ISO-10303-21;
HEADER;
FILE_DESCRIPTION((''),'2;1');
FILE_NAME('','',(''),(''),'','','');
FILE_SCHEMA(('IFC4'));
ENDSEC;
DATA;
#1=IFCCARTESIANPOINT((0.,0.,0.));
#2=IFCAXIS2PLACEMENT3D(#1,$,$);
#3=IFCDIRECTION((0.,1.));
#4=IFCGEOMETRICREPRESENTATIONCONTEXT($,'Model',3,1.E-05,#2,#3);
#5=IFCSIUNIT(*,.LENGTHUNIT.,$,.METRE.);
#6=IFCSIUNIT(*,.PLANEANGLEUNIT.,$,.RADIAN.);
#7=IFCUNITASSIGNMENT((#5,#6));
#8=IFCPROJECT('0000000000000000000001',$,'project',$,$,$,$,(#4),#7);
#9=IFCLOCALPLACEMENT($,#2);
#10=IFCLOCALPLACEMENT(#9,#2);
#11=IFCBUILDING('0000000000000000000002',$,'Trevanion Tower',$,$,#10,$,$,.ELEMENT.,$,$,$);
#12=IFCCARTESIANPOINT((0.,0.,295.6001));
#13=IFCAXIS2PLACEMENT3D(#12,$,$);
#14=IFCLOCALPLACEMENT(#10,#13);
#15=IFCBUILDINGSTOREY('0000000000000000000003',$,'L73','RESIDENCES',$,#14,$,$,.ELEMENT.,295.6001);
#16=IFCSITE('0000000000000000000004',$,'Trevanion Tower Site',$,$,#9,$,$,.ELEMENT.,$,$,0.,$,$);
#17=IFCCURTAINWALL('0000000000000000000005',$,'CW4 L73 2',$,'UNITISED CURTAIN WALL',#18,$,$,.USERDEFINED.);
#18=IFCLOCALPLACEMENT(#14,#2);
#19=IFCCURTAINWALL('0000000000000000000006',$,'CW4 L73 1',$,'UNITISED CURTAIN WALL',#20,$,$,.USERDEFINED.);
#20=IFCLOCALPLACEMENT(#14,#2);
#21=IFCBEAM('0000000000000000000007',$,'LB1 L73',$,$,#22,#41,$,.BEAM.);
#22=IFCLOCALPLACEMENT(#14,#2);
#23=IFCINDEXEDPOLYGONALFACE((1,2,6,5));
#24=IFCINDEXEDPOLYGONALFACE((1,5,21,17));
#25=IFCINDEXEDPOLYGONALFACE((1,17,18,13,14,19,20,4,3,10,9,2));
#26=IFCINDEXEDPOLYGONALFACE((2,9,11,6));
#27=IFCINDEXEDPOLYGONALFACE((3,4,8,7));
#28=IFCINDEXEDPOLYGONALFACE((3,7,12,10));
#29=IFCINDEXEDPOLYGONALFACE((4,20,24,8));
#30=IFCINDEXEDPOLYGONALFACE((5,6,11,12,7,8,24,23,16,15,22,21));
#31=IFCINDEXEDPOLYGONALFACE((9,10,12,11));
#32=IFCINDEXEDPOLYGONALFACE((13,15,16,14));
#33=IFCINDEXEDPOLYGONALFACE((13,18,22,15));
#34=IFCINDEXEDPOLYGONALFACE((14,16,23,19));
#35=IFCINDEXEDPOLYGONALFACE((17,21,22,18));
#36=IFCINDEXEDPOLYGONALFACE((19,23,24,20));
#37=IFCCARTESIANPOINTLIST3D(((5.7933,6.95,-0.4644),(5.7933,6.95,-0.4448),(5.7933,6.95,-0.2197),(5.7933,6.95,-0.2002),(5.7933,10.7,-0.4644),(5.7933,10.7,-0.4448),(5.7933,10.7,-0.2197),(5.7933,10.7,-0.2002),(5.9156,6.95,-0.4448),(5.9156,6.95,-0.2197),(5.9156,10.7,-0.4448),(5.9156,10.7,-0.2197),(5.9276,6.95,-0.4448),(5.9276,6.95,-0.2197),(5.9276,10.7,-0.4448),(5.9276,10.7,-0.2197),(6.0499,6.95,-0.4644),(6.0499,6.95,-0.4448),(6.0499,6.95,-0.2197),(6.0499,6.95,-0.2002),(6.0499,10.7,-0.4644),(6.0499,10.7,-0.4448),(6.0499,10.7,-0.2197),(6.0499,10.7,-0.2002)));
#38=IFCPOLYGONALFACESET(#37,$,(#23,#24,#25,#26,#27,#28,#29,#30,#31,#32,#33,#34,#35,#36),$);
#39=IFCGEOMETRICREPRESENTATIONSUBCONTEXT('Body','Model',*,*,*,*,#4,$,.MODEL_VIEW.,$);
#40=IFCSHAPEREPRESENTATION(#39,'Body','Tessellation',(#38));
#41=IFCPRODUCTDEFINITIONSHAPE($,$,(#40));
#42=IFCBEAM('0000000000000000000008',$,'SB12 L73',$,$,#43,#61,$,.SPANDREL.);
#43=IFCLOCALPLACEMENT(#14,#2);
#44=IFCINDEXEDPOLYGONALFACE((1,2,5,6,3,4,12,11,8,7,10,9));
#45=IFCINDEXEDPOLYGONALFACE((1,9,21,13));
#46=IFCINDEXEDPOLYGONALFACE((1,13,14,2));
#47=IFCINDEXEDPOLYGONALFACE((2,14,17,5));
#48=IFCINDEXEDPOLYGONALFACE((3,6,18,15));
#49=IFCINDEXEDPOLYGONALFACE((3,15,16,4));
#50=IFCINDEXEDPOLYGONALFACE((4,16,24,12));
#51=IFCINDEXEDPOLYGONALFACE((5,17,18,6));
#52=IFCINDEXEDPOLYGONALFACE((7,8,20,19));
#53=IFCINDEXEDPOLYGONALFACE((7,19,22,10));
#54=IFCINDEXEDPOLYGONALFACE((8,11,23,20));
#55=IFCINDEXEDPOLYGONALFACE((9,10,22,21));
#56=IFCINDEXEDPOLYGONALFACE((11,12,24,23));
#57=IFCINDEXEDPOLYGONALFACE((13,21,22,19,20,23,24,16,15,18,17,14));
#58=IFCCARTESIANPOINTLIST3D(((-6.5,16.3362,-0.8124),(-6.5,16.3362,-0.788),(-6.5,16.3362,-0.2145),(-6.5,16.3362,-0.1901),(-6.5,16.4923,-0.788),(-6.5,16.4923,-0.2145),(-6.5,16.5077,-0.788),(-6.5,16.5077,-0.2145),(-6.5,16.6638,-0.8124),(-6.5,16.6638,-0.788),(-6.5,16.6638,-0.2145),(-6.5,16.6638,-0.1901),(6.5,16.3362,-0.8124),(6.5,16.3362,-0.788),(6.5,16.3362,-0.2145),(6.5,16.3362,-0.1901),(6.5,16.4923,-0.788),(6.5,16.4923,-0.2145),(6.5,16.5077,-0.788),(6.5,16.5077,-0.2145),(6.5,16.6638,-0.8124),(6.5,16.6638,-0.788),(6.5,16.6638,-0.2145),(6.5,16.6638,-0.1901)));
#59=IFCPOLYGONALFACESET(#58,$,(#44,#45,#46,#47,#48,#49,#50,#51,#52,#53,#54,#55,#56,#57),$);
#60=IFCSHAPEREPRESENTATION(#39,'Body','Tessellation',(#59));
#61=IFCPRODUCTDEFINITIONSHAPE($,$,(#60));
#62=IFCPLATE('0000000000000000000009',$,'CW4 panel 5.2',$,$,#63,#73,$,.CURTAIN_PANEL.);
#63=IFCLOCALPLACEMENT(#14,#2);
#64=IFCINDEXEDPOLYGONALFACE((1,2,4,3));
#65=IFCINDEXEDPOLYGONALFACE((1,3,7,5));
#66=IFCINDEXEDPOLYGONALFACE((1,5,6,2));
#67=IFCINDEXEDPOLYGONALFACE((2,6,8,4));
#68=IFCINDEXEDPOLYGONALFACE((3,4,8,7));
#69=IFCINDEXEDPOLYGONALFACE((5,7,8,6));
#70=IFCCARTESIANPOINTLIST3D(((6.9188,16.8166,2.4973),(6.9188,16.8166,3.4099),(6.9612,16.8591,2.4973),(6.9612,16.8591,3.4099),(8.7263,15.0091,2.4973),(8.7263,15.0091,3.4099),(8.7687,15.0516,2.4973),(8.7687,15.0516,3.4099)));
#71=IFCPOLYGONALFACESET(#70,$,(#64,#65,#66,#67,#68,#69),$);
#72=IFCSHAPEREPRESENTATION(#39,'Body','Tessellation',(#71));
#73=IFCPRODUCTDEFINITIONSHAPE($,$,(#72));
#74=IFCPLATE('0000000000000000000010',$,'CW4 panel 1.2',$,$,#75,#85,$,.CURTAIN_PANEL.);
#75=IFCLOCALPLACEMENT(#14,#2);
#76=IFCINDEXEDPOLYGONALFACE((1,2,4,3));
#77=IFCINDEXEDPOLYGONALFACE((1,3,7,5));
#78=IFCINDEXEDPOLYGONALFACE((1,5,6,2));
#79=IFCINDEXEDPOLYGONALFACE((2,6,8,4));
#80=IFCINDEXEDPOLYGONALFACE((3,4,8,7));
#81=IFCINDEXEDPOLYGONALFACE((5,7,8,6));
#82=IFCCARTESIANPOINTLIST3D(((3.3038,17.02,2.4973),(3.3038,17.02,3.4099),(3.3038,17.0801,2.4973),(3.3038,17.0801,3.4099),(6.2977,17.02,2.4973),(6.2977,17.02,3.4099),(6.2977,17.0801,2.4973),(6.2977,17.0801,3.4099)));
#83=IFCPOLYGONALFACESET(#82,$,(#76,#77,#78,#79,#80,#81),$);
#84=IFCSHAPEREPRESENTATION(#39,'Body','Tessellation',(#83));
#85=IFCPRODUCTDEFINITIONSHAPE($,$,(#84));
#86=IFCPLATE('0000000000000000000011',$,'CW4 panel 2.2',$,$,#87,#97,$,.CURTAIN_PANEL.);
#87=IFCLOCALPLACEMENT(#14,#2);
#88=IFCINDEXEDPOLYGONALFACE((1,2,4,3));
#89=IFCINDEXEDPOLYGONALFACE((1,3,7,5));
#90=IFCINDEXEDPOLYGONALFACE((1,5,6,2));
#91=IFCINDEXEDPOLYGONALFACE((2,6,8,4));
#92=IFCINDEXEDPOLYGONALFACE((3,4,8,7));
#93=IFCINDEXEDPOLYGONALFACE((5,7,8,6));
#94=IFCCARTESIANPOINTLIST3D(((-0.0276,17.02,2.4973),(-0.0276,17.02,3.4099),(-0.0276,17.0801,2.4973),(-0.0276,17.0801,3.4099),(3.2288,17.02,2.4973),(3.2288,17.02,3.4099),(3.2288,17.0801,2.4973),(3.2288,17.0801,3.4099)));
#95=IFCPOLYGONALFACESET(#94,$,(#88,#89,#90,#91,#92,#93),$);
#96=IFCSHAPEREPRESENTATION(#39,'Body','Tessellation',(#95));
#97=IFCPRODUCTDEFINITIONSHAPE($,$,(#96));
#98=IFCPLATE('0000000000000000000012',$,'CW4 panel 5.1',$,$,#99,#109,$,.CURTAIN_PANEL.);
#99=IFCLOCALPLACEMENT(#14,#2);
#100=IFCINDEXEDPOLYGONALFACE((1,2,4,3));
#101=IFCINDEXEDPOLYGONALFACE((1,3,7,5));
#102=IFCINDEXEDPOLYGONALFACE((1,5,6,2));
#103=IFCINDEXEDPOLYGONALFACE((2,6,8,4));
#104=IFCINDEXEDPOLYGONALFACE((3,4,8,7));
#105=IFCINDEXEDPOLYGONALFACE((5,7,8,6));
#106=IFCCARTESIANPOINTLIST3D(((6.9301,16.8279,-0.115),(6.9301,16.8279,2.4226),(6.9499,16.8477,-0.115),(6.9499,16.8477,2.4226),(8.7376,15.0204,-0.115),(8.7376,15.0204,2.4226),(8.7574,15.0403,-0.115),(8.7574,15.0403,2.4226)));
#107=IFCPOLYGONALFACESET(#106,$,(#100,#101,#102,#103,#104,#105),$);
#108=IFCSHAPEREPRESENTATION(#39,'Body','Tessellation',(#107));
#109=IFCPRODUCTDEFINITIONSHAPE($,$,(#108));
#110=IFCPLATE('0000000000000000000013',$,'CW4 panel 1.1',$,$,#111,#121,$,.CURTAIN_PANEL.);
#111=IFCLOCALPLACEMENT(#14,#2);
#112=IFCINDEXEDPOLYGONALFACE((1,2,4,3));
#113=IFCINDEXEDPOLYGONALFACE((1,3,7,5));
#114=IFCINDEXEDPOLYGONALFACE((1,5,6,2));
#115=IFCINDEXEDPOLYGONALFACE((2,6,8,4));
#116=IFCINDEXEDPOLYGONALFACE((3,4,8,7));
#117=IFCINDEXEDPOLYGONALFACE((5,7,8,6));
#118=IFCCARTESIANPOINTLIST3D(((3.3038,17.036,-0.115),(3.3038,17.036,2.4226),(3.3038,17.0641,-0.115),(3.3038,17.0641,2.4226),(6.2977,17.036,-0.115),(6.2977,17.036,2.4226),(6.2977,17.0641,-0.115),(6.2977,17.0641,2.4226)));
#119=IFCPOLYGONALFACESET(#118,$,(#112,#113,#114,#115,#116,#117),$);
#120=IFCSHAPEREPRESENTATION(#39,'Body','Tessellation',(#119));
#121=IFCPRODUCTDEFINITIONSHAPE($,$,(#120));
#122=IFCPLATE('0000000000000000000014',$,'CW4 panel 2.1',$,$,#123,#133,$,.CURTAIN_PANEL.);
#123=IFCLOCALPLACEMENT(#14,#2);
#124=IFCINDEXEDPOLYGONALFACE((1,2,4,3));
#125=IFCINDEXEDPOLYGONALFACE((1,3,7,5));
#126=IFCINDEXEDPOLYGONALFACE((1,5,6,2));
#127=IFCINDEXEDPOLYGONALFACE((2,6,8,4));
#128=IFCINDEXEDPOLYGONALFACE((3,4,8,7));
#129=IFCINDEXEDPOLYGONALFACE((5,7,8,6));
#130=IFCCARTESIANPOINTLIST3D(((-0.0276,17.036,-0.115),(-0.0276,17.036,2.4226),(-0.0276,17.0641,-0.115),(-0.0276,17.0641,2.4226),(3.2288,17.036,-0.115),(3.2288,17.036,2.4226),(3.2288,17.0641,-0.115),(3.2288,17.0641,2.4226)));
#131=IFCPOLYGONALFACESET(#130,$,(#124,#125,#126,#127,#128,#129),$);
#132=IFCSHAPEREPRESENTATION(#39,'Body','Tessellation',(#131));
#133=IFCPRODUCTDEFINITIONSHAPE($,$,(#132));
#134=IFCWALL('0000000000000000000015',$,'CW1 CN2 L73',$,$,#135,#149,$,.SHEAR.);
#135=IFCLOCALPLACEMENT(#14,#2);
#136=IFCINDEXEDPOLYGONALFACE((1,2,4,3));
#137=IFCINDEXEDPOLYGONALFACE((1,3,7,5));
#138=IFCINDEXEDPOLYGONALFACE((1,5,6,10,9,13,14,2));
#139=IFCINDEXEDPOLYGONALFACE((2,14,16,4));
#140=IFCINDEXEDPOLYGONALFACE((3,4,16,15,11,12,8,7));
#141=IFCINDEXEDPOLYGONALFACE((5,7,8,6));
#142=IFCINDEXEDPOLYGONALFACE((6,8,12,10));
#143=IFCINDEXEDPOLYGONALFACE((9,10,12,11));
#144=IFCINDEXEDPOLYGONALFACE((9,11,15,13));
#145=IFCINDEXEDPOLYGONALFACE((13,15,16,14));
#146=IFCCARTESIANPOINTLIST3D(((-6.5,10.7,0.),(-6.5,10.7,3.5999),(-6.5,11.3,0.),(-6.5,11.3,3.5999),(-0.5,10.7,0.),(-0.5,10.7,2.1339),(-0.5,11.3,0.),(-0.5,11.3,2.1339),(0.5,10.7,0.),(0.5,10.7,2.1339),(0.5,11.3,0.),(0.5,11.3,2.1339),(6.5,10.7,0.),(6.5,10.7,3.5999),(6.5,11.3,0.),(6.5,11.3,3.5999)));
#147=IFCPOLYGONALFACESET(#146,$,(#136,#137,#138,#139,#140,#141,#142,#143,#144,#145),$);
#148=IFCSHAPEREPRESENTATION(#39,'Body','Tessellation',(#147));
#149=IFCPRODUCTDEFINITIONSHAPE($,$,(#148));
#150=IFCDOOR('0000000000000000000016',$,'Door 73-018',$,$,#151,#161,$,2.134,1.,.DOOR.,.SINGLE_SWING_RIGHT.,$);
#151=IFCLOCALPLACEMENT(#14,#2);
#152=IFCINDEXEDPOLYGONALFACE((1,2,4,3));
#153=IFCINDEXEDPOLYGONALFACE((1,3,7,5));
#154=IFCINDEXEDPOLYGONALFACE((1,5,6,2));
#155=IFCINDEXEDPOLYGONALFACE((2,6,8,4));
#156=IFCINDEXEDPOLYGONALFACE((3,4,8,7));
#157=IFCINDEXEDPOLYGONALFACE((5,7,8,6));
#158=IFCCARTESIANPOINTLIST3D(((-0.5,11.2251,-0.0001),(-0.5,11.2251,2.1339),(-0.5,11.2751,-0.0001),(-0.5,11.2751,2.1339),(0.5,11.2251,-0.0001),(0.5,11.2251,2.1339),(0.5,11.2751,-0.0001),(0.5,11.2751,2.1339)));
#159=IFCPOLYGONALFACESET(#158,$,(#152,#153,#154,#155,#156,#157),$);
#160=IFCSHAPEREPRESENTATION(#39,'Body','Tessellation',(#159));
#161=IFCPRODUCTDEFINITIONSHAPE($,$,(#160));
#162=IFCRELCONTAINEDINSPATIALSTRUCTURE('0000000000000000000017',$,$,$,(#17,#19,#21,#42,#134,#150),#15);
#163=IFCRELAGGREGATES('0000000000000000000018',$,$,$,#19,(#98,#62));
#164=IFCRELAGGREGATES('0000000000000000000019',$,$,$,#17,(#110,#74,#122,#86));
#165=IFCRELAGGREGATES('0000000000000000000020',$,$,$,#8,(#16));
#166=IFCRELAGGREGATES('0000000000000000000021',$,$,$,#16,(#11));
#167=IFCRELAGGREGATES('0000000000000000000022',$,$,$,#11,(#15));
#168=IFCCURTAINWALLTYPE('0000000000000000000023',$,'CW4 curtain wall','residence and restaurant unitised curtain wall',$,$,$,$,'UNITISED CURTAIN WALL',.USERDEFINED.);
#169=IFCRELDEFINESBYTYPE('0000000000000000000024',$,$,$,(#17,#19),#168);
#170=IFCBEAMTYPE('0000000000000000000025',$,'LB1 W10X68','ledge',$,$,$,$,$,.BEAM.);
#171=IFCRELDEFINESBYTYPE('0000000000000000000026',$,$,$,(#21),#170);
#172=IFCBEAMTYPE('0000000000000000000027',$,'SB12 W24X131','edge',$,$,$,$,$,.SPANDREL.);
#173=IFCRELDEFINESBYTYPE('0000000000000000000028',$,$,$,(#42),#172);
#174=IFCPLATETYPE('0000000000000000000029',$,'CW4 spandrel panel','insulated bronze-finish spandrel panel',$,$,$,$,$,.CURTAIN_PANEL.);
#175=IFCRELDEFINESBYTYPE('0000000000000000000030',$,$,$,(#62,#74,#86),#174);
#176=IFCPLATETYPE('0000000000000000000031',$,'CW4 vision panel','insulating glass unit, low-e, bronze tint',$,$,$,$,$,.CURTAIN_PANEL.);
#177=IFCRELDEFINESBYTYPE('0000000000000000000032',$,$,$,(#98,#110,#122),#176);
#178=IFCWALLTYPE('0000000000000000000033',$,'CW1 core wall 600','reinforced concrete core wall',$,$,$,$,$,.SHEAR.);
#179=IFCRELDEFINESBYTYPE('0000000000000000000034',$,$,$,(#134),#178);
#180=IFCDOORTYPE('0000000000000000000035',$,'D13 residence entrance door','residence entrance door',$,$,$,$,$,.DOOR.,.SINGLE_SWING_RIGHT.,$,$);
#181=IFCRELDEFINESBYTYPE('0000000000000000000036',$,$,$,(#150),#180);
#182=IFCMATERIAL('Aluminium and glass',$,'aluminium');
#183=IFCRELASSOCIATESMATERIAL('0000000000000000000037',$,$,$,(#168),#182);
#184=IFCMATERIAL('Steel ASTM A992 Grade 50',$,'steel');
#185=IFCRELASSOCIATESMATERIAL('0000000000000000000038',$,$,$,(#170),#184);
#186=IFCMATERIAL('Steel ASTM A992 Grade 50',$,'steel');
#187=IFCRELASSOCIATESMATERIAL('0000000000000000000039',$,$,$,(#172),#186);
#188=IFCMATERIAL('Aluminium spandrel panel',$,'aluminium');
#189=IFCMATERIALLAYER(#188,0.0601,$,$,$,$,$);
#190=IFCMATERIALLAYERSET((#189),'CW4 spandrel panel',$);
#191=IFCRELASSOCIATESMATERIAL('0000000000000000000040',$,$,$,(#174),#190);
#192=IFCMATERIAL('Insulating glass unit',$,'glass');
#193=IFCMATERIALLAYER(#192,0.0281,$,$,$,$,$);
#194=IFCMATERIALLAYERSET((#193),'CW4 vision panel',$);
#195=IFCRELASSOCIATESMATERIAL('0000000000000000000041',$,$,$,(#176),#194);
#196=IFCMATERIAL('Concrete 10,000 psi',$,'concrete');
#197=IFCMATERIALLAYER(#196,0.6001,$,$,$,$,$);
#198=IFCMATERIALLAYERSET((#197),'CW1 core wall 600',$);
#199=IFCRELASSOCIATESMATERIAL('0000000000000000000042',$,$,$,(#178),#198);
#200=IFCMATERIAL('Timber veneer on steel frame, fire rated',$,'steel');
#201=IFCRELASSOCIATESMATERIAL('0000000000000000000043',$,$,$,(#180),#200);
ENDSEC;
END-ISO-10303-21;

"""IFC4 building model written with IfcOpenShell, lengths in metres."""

from ifc_helpers import new_model, si_unit, direction, frame, frame_2d, origin, origin_2d, place, context, subcontext, project, spatial, rectangle, i_section, extrude, material, layer, layer_set, material_profile, profile_set, type_object, element, fill, aggregate, save


model = new_model("IFC4")

# Units and contexts
model_context = context("Model", 3, precision=1e-05, world=origin(), true_north=direction((0.0, 1.0)))
body_context = subcontext(model_context, "Body", "Model", "MODEL_VIEW")
ifc_project = project(units=[si_unit("LENGTHUNIT", "METRE"), si_unit("PLANEANGLEUNIT", "RADIAN")], contexts=[model_context])

# Site, building, storey
site_placement = place(None, origin())
site = spatial("IfcSite", under=ifc_project, at=site_placement, Name="Trevanion Tower Site", CompositionType="ELEMENT", RefElevation=0.0)
building_placement = place(site_placement, origin())
building = spatial("IfcBuilding", under=site, at=building_placement, Name="Trevanion Tower", CompositionType="ELEMENT")
storey_placement = place(building_placement, frame((0.0, 0.0, 295.6001)))
storey = spatial("IfcBuildingStorey", under=building, at=storey_placement, Name="L73", Description="RESIDENCES", CompositionType="ELEMENT", Elevation=295.6001)

# Curtain walls
ifc_material_1 = material(Name="Aluminium and glass", Category="aluminium")
curtain_wall_type = type_object("IfcCurtainWallType", Name="CW4 curtain wall", Description="residence and restaurant unitised curtain wall", ElementType="UNITISED CURTAIN WALL", PredefinedType="USERDEFINED", material=ifc_material_1)
curtain_wall_1_placement = place(storey_placement, origin())
curtain_wall_1 = element("IfcCurtainWall", 1, at=curtain_wall_1_placement, inside=storey, type_object=curtain_wall_type, Name="CW4 L73 2", ObjectType="UNITISED CURTAIN WALL", PredefinedType="USERDEFINED")
curtain_wall_2_placement = place(storey_placement, origin())
curtain_wall_2 = element("IfcCurtainWall", 2, at=curtain_wall_2_placement, inside=storey, type_object=curtain_wall_type, Name="CW4 L73 1", ObjectType="UNITISED CURTAIN WALL", PredefinedType="USERDEFINED")

# Beams
ifc_material_2 = material(Name="Steel ASTM A992 Grade 50", Category="steel")
ifc_material_profile_1 = material_profile(ifc_material_2, i_section(OverallWidth=0.2566, OverallDepth=0.2642, WebThickness=0.012, FlangeThickness=0.0195, at=origin_2d()), Name="W10X68")
ifc_profile_set_1 = profile_set([ifc_material_profile_1], Name="Steel ASTM A992 Grade 50")
beam_type_1 = type_object("IfcBeamType", Name="LB1 W10X68", Description="ledge", PredefinedType="BEAM", material=ifc_profile_set_1)
beam_1_placement = place(storey_placement, frame((5.9216, 6.95, -0.3323), z_axis=(0.0, 1.0, 0.0), x_axis=(-1.0, 0.0, 0.0)))
element("IfcBeam", 3, at=beam_1_placement, inside=storey, type_object=beam_type_1, Name="LB1 L73", PredefinedType="BEAM", context=body_context, shape_type="SweptSolid", body=[
    extrude(i_section(OverallWidth=0.2566, OverallDepth=0.2642, WebThickness=0.012, FlangeThickness=0.0195, at=origin_2d()), origin(), (0.0, 0.0, 1.0), 3.75),
])
ifc_material_3 = material(Name="Steel ASTM A992 Grade 50", Category="steel")
ifc_material_profile_2 = material_profile(ifc_material_3, i_section(OverallWidth=0.3276, OverallDepth=0.6223, WebThickness=0.0154, FlangeThickness=0.0244, at=origin_2d()), Name="W24X131")
ifc_profile_set_2 = profile_set([ifc_material_profile_2], Name="Steel ASTM A992 Grade 50")
beam_type_2 = type_object("IfcBeamType", Name="SB12 W24X131", Description="edge", PredefinedType="SPANDREL", material=ifc_profile_set_2)
beam_2_placement = place(storey_placement, frame((6.5, 16.5, -0.5012), z_axis=(-1.0, 0.0, 0.0), x_axis=(0.0, -1.0, 0.0)))
element("IfcBeam", 4, at=beam_2_placement, inside=storey, type_object=beam_type_2, Name="SB12 L73", PredefinedType="SPANDREL", context=body_context, shape_type="SweptSolid", body=[
    extrude(i_section(OverallWidth=0.3276, OverallDepth=0.6223, WebThickness=0.0154, FlangeThickness=0.0244, at=origin_2d()), origin(), (0.0, 0.0, 1.0), 13.0),
])

# Plates
ifc_material_4 = material(Name="Aluminium spandrel panel", Category="aluminium")
ifc_layer_1 = layer(ifc_material_4, 0.0601)
ifc_layer_set_1 = layer_set([ifc_layer_1], Name="CW4 spandrel panel")
plate_type_1 = type_object("IfcPlateType", Name="CW4 spandrel panel", Description="insulated bronze-finish spandrel panel", PredefinedType="CURTAIN_PANEL", material=ifc_layer_set_1)
plate_1_placement = place(storey_placement, frame((7.8438, 15.9341, 2.4973), z_axis=(0.0, 0.0, 1.0), x_axis=(-0.707107, 0.707107, 0.0)))
plate_1 = element("IfcPlate", 5, at=plate_1_placement, type_object=plate_type_1, Name="CW4 panel 5.2", PredefinedType="CURTAIN_PANEL", context=body_context, shape_type="SweptSolid", body=[
    extrude(rectangle(XDim=2.5562, YDim=0.0601, at=origin_2d()), origin(), (0.0, 0.0, 1.0), 0.9126),
])
plate_2_placement = place(storey_placement, frame((4.8008, 17.05, 2.4973), z_axis=(0.0, 0.0, 1.0), x_axis=(-1.0, 0.0, 0.0)))
plate_2 = element("IfcPlate", 6, at=plate_2_placement, type_object=plate_type_1, Name="CW4 panel 1.2", PredefinedType="CURTAIN_PANEL", context=body_context, shape_type="SweptSolid", body=[
    extrude(rectangle(XDim=2.9939, YDim=0.0601, at=origin_2d()), origin(), (0.0, 0.0, 1.0), 0.9126),
])
plate_3_placement = place(storey_placement, frame((1.6006, 17.05, 2.4973), z_axis=(0.0, 0.0, 1.0), x_axis=(-1.0, 0.0, 0.0)))
plate_3 = element("IfcPlate", 7, at=plate_3_placement, type_object=plate_type_1, Name="CW4 panel 2.2", PredefinedType="CURTAIN_PANEL", context=body_context, shape_type="SweptSolid", body=[
    extrude(rectangle(XDim=3.2563, YDim=0.0601, at=origin_2d()), origin(), (0.0, 0.0, 1.0), 0.9126),
])
ifc_material_5 = material(Name="Insulating glass unit", Category="glass")
ifc_layer_2 = layer(ifc_material_5, 0.0281)
ifc_layer_set_2 = layer_set([ifc_layer_2], Name="CW4 vision panel")
plate_type_2 = type_object("IfcPlateType", Name="CW4 vision panel", Description="insulating glass unit, low-e, bronze tint", PredefinedType="CURTAIN_PANEL", material=ifc_layer_set_2)
plate_4_placement = place(storey_placement, frame((7.8438, 15.9341, -0.115), z_axis=(0.0, 0.0, 1.0), x_axis=(-0.707107, 0.707107, 0.0)))
plate_4 = element("IfcPlate", 8, at=plate_4_placement, type_object=plate_type_2, Name="CW4 panel 5.1", PredefinedType="CURTAIN_PANEL", context=body_context, shape_type="SweptSolid", body=[
    extrude(rectangle(XDim=2.5562, YDim=0.0281, at=origin_2d()), origin(), (0.0, 0.0, 1.0), 2.5376),
])
aggregate(curtain_wall_2, [plate_4, plate_1])
plate_5_placement = place(storey_placement, frame((4.8008, 17.05, -0.115), z_axis=(0.0, 0.0, 1.0), x_axis=(-1.0, 0.0, 0.0)))
plate_5 = element("IfcPlate", 9, at=plate_5_placement, type_object=plate_type_2, Name="CW4 panel 1.1", PredefinedType="CURTAIN_PANEL", context=body_context, shape_type="SweptSolid", body=[
    extrude(rectangle(XDim=2.9939, YDim=0.0281, at=origin_2d()), origin(), (0.0, 0.0, 1.0), 2.5376),
])
plate_6_placement = place(storey_placement, frame((1.6006, 17.05, -0.115), z_axis=(0.0, 0.0, 1.0), x_axis=(-1.0, 0.0, 0.0)))
plate_6 = element("IfcPlate", 10, at=plate_6_placement, type_object=plate_type_2, Name="CW4 panel 2.1", PredefinedType="CURTAIN_PANEL", context=body_context, shape_type="SweptSolid", body=[
    extrude(rectangle(XDim=3.2563, YDim=0.0281, at=origin_2d()), origin(), (0.0, 0.0, 1.0), 2.5376),
])
aggregate(curtain_wall_1, [plate_5, plate_2, plate_6, plate_3])

# Wall, opening, door
ifc_material_6 = material(Name="Concrete 10,000 psi", Category="concrete")
ifc_layer_3 = layer(ifc_material_6, 0.6001)
ifc_layer_set_3 = layer_set([ifc_layer_3], Name="CW1 core wall 600")
wall_type_1 = type_object("IfcWallType", Name="CW1 core wall 600", Description="reinforced concrete core wall", PredefinedType="SHEAR", material=ifc_layer_set_3)
wall_1_placement = place(storey_placement, frame((6.5, 11.0, 0.0), z_axis=(0.0, 0.0, 1.0), x_axis=(-1.0, 0.0, 0.0)))
wall_1 = element("IfcWall", 11, at=wall_1_placement, inside=storey, type_object=wall_type_1, Name="CW1 CN2 L73", PredefinedType="SHEAR", context=body_context, shape_type="SweptSolid", body=[
    extrude(rectangle(XDim=13.0, YDim=0.6001, at=frame_2d((6.5, 0.0))), origin(), (0.0, 0.0, 1.0), 3.5999),
])
opening_1_placement = place(wall_1_placement, frame((6.0, 0.0, 0.0)))
opening_1 = element("IfcOpeningElement", 12, at=opening_1_placement, cuts=wall_1, PredefinedType="OPENING", context=body_context, shape_type="SweptSolid", body=[
    extrude(rectangle(XDim=1.0, YDim=2.134, at=frame_2d((0.5, 1.0669))), frame((0.0, 0.3101, 0.0), z_axis=(0.0, -1.0, 0.0), x_axis=(1.0, 0.0, 0.0)), (0.0, 0.0, 1.0), 0.6201),
])
ifc_material_7 = material(Name="Timber veneer on steel frame, fire rated", Category="steel")
door_type_1 = type_object("IfcDoorType", Name="D13 residence entrance door", Description="residence entrance door", OperationType="SINGLE_SWING_RIGHT", PredefinedType="DOOR", material=ifc_material_7)
door_1_placement = place(opening_1_placement, origin())
door_1 = element("IfcDoor", 13, at=door_1_placement, inside=storey, type_object=door_type_1, Name="Door 73-018", OperationType="SINGLE_SWING_RIGHT", OverallHeight=2.134, OverallWidth=1.0, PredefinedType="DOOR", context=body_context, shape_type="SweptSolid", body=[
    extrude(rectangle(XDim=1.0, YDim=2.134, at=frame_2d((0.5, 1.0669))), frame((0.0, -0.2251, 0.0), z_axis=(0.0, -1.0, 0.0), x_axis=(1.0, 0.0, 0.0)), (0.0, 0.0, 1.0), 0.05),
])
fill(opening_1, door_1)

save(model, "model.ifc")
